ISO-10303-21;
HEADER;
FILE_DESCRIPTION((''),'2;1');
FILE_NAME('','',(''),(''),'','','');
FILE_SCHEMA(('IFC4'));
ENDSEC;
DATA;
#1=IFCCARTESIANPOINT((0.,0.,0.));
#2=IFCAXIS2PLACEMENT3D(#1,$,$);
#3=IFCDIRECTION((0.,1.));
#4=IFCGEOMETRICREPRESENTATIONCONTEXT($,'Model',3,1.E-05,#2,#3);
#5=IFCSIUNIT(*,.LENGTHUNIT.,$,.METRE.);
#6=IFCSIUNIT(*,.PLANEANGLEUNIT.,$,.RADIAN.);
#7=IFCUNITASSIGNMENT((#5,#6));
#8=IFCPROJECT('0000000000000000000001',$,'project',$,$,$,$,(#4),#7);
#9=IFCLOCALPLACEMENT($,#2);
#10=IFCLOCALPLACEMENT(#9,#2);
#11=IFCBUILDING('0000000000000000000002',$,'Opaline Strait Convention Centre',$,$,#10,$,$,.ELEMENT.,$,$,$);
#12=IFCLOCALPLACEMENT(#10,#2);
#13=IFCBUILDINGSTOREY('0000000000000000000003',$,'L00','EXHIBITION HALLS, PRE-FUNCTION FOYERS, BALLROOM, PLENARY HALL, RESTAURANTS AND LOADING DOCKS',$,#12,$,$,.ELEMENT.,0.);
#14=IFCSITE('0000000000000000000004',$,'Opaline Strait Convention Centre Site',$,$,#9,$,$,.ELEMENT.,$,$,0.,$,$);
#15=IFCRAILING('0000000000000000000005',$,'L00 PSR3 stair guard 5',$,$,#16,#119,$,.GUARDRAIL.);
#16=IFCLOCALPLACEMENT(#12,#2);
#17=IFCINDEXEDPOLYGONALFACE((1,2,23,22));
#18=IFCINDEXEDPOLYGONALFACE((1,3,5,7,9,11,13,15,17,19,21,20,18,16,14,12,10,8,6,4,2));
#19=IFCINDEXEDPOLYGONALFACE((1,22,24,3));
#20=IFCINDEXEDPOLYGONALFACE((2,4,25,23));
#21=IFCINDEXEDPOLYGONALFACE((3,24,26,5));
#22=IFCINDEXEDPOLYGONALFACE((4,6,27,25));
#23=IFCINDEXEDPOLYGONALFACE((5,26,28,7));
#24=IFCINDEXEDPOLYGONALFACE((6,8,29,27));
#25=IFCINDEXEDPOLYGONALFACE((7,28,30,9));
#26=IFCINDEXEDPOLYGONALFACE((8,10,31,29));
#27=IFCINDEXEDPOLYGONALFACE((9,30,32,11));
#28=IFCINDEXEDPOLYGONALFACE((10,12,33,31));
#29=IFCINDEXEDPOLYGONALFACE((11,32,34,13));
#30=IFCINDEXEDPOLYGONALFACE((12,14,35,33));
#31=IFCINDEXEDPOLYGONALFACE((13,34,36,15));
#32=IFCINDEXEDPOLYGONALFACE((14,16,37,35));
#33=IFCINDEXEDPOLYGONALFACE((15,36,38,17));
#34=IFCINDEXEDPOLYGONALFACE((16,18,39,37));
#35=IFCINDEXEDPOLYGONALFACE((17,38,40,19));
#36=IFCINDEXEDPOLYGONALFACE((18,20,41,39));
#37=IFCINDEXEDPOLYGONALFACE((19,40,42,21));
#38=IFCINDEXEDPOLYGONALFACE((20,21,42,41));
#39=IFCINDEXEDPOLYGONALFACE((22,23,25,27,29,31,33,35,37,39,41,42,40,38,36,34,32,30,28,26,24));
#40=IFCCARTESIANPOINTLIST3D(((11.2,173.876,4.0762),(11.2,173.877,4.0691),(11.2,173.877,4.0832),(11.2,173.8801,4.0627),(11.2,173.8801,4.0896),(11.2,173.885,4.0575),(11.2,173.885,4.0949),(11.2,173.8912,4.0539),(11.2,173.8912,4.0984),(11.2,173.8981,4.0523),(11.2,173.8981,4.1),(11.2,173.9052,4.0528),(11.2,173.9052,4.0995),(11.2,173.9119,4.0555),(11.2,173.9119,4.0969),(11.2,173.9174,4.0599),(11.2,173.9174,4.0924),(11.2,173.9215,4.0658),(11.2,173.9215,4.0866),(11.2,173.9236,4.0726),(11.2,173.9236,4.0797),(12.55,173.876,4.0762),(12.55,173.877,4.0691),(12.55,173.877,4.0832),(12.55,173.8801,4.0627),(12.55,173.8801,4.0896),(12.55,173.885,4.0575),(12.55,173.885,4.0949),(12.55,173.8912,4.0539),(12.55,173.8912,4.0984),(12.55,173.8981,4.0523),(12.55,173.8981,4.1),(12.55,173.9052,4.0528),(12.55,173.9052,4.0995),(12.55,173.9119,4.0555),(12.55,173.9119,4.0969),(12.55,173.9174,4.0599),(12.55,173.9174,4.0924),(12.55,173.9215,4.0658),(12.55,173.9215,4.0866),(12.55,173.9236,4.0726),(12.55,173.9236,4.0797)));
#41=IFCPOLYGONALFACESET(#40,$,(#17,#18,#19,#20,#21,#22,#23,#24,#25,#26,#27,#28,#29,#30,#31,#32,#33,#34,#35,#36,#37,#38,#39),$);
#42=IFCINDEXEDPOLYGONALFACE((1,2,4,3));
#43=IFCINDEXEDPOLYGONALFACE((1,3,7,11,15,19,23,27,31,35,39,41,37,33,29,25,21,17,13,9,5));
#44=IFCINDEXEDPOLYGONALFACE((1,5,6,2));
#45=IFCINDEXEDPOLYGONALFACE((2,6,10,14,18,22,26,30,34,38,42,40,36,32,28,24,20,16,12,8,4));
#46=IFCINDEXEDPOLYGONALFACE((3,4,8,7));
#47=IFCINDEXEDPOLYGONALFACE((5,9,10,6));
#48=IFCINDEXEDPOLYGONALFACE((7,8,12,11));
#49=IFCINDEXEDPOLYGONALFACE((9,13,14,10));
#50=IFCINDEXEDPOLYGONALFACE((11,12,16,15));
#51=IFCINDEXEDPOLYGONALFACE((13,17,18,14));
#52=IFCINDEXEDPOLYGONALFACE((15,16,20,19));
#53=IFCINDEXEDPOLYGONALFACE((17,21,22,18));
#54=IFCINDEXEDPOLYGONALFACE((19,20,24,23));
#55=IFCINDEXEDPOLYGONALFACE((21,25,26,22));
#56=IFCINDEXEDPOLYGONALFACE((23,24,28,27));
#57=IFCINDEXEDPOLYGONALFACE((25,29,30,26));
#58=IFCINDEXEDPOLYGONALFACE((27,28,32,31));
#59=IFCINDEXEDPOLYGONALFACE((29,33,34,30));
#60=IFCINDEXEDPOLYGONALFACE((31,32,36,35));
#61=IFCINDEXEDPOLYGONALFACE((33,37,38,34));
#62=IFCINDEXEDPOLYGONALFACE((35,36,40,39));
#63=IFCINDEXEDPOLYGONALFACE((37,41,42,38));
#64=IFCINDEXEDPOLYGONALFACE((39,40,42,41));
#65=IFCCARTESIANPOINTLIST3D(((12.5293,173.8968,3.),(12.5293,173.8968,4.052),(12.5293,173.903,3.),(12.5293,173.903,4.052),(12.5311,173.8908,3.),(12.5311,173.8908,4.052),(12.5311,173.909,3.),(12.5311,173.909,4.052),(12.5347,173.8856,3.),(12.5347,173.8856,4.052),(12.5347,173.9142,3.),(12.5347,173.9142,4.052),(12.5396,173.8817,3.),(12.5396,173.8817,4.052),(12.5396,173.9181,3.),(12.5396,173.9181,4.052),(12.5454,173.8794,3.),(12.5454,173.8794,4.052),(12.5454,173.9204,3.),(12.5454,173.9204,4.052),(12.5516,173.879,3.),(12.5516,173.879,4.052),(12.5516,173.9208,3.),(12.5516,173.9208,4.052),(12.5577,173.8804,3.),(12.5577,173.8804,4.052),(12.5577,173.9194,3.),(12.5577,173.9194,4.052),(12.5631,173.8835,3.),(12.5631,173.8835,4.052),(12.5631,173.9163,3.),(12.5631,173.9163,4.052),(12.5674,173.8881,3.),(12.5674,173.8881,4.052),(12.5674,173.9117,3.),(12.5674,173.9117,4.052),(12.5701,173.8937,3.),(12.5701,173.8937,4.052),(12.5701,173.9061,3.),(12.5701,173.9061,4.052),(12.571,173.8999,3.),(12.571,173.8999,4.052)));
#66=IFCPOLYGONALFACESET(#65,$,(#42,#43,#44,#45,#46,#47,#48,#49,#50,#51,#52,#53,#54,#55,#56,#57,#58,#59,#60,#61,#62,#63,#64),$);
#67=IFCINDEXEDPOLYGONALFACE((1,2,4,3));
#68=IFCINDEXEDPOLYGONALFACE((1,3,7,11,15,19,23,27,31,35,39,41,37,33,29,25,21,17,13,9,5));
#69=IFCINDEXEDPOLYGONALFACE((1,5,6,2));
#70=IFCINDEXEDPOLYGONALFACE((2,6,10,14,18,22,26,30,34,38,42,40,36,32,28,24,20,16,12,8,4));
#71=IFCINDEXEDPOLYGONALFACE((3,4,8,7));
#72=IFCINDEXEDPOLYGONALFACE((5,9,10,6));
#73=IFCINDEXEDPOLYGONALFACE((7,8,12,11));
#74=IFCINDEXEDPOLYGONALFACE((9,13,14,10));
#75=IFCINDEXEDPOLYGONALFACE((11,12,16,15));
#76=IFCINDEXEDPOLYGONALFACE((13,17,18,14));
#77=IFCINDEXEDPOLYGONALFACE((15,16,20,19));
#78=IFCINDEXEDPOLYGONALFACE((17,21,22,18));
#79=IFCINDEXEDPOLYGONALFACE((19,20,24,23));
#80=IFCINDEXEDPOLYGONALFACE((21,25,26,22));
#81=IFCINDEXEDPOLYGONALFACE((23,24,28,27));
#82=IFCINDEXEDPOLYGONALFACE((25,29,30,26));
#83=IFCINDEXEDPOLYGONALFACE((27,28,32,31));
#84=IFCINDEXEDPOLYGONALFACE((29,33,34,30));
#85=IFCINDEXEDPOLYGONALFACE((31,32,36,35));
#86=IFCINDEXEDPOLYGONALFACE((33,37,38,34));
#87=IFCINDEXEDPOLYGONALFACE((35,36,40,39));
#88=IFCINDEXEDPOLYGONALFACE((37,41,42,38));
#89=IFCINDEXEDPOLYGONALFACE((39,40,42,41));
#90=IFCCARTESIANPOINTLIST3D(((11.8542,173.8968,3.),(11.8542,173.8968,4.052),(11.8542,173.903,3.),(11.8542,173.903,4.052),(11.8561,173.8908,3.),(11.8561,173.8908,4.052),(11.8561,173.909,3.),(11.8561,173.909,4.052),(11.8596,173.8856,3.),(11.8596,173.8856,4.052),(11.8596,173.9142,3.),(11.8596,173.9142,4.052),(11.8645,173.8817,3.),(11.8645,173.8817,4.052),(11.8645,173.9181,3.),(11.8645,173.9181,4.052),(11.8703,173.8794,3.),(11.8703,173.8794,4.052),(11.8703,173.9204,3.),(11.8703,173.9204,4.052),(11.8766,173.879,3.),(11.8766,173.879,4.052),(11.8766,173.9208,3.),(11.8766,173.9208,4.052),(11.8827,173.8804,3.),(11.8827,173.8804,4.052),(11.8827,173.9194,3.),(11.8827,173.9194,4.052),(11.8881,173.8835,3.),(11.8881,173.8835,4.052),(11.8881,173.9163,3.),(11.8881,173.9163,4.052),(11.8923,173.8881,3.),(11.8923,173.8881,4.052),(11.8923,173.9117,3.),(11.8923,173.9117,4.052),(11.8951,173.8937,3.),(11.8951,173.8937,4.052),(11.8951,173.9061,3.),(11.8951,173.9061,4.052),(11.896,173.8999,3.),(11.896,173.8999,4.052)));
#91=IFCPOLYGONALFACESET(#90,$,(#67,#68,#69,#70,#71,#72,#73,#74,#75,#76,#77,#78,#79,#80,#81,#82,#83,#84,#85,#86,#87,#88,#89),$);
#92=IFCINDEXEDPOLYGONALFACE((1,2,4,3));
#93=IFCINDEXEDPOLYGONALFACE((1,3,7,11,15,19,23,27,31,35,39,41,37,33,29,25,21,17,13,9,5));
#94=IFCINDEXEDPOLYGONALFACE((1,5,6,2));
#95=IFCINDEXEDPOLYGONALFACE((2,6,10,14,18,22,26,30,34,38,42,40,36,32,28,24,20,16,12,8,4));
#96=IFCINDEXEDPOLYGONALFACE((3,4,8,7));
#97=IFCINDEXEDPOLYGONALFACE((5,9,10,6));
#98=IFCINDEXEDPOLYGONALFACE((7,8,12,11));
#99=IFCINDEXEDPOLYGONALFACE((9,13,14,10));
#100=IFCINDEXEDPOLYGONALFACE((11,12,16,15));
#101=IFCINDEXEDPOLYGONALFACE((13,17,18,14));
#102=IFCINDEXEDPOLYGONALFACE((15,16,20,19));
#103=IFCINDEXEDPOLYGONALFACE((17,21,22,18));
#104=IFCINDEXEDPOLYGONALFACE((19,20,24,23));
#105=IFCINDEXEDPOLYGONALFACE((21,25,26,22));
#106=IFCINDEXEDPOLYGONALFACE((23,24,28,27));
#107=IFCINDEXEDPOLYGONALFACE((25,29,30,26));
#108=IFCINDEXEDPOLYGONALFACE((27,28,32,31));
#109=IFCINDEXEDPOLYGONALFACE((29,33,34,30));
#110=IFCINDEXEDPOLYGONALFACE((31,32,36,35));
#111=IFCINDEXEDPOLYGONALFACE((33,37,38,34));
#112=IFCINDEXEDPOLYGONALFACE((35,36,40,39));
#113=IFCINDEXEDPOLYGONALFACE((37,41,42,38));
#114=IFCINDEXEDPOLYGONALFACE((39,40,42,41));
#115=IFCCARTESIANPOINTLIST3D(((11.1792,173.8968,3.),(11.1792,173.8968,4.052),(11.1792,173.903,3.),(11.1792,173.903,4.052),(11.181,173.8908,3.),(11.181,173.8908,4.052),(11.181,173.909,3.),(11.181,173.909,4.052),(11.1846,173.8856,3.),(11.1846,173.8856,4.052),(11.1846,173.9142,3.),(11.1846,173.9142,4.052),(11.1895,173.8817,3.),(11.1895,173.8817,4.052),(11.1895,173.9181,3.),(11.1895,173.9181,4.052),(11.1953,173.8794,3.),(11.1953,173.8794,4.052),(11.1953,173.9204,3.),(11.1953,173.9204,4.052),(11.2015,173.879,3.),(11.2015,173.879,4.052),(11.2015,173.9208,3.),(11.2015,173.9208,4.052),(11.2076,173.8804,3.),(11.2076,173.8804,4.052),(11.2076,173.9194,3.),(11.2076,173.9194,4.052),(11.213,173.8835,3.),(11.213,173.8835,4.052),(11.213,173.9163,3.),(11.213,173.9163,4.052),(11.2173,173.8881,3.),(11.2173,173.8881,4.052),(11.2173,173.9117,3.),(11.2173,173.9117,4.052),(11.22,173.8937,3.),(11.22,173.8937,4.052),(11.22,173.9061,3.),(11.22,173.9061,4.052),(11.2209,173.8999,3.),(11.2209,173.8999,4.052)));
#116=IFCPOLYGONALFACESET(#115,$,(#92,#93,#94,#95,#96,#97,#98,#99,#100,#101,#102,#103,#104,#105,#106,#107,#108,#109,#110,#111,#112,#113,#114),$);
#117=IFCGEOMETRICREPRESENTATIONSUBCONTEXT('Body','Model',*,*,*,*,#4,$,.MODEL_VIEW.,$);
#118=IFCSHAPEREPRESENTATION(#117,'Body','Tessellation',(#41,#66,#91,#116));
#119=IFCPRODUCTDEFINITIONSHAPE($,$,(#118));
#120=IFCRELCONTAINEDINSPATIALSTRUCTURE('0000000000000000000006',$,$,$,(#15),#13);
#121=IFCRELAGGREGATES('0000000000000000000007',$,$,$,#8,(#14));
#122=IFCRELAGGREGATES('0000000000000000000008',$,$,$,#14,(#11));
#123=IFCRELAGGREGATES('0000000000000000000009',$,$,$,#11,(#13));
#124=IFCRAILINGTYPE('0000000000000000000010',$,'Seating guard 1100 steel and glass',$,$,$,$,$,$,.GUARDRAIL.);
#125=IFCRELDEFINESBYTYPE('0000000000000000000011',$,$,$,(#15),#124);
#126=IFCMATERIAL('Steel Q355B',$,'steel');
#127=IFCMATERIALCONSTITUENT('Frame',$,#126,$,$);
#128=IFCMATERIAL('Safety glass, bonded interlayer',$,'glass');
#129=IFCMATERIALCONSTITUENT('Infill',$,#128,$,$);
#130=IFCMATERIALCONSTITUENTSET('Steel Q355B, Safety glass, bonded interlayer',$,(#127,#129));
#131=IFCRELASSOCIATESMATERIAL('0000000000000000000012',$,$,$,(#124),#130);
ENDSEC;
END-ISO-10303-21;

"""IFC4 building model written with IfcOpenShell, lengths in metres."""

from ifc_helpers import new_model, si_unit, direction, frame, origin, origin_2d, place, context, subcontext, project, spatial, circle, extrude, material, constituent, constituent_set, type_object, element, save


model = new_model("IFC4")

# Units and contexts
model_context = context("Model", 3, precision=1e-05, world=origin(), true_north=direction((0.0, 1.0)))
body_context = subcontext(model_context, "Body", "Model", "MODEL_VIEW")
ifc_project = project(units=[si_unit("LENGTHUNIT", "METRE"), si_unit("PLANEANGLEUNIT", "RADIAN")], contexts=[model_context])

# Site, building, storey
site_placement = place(None, origin())
site = spatial("IfcSite", under=ifc_project, at=site_placement, Name="Opaline Strait Convention Centre Site", CompositionType="ELEMENT", RefElevation=0.0)
building_placement = place(site_placement, origin())
building = spatial("IfcBuilding", under=site, at=building_placement, Name="Opaline Strait Convention Centre", CompositionType="ELEMENT")
storey_placement = place(building_placement, origin())
storey = spatial("IfcBuildingStorey", under=building, at=storey_placement, Name="L00", Description="EXHIBITION HALLS, PRE-FUNCTION FOYERS, BALLROOM, PLENARY HALL, RESTAURANTS AND LOADING DOCKS", CompositionType="ELEMENT", Elevation=0.0)

# Railing
ifc_material_1 = material(Name="Steel Q355B", Category="steel")
ifc_constituent_1 = constituent(ifc_material_1, Name="Frame")
ifc_material_2 = material(Name="Safety glass, bonded interlayer", Category="glass")
ifc_constituent_2 = constituent(ifc_material_2, Name="Infill")
ifc_constituent_set = constituent_set(constituents=[ifc_constituent_1, ifc_constituent_2], Name="Steel Q355B, Safety glass, bonded interlayer")
railing_type_1 = type_object("IfcRailingType", Name="Seating guard 1100 steel and glass", PredefinedType="GUARDRAIL", material=ifc_constituent_set)
railing_1_placement = place(storey_placement, frame((12.55, 173.8999, 3.0)))
element("IfcRailing", 1, at=railing_1_placement, inside=storey, type_object=railing_type_1, Name="L00 PSR3 stair guard 5", PredefinedType="GUARDRAIL", context=body_context, shape_type="SweptSolid", body=[
    extrude(circle(Radius=0.0239, at=origin_2d()), frame((0.0, 0.0, 1.0762), z_axis=(-1.0, 0.0, 0.0), x_axis=(0.0, -1.0, 0.0)), (0.0, 0.0, 1.0), 1.3501),
    extrude(circle(Radius=0.021, at=origin_2d()), origin(), (0.0, 0.0, 1.0), 1.052),
    extrude(circle(Radius=0.021, at=origin_2d()), frame((-0.675, 0.0, 0.0)), (0.0, 0.0, 1.0), 1.052),
    extrude(circle(Radius=0.021, at=origin_2d()), frame((-1.3501, 0.0, 0.0)), (0.0, 0.0, 1.0), 1.052),
])

save(model, "model.ifc")
